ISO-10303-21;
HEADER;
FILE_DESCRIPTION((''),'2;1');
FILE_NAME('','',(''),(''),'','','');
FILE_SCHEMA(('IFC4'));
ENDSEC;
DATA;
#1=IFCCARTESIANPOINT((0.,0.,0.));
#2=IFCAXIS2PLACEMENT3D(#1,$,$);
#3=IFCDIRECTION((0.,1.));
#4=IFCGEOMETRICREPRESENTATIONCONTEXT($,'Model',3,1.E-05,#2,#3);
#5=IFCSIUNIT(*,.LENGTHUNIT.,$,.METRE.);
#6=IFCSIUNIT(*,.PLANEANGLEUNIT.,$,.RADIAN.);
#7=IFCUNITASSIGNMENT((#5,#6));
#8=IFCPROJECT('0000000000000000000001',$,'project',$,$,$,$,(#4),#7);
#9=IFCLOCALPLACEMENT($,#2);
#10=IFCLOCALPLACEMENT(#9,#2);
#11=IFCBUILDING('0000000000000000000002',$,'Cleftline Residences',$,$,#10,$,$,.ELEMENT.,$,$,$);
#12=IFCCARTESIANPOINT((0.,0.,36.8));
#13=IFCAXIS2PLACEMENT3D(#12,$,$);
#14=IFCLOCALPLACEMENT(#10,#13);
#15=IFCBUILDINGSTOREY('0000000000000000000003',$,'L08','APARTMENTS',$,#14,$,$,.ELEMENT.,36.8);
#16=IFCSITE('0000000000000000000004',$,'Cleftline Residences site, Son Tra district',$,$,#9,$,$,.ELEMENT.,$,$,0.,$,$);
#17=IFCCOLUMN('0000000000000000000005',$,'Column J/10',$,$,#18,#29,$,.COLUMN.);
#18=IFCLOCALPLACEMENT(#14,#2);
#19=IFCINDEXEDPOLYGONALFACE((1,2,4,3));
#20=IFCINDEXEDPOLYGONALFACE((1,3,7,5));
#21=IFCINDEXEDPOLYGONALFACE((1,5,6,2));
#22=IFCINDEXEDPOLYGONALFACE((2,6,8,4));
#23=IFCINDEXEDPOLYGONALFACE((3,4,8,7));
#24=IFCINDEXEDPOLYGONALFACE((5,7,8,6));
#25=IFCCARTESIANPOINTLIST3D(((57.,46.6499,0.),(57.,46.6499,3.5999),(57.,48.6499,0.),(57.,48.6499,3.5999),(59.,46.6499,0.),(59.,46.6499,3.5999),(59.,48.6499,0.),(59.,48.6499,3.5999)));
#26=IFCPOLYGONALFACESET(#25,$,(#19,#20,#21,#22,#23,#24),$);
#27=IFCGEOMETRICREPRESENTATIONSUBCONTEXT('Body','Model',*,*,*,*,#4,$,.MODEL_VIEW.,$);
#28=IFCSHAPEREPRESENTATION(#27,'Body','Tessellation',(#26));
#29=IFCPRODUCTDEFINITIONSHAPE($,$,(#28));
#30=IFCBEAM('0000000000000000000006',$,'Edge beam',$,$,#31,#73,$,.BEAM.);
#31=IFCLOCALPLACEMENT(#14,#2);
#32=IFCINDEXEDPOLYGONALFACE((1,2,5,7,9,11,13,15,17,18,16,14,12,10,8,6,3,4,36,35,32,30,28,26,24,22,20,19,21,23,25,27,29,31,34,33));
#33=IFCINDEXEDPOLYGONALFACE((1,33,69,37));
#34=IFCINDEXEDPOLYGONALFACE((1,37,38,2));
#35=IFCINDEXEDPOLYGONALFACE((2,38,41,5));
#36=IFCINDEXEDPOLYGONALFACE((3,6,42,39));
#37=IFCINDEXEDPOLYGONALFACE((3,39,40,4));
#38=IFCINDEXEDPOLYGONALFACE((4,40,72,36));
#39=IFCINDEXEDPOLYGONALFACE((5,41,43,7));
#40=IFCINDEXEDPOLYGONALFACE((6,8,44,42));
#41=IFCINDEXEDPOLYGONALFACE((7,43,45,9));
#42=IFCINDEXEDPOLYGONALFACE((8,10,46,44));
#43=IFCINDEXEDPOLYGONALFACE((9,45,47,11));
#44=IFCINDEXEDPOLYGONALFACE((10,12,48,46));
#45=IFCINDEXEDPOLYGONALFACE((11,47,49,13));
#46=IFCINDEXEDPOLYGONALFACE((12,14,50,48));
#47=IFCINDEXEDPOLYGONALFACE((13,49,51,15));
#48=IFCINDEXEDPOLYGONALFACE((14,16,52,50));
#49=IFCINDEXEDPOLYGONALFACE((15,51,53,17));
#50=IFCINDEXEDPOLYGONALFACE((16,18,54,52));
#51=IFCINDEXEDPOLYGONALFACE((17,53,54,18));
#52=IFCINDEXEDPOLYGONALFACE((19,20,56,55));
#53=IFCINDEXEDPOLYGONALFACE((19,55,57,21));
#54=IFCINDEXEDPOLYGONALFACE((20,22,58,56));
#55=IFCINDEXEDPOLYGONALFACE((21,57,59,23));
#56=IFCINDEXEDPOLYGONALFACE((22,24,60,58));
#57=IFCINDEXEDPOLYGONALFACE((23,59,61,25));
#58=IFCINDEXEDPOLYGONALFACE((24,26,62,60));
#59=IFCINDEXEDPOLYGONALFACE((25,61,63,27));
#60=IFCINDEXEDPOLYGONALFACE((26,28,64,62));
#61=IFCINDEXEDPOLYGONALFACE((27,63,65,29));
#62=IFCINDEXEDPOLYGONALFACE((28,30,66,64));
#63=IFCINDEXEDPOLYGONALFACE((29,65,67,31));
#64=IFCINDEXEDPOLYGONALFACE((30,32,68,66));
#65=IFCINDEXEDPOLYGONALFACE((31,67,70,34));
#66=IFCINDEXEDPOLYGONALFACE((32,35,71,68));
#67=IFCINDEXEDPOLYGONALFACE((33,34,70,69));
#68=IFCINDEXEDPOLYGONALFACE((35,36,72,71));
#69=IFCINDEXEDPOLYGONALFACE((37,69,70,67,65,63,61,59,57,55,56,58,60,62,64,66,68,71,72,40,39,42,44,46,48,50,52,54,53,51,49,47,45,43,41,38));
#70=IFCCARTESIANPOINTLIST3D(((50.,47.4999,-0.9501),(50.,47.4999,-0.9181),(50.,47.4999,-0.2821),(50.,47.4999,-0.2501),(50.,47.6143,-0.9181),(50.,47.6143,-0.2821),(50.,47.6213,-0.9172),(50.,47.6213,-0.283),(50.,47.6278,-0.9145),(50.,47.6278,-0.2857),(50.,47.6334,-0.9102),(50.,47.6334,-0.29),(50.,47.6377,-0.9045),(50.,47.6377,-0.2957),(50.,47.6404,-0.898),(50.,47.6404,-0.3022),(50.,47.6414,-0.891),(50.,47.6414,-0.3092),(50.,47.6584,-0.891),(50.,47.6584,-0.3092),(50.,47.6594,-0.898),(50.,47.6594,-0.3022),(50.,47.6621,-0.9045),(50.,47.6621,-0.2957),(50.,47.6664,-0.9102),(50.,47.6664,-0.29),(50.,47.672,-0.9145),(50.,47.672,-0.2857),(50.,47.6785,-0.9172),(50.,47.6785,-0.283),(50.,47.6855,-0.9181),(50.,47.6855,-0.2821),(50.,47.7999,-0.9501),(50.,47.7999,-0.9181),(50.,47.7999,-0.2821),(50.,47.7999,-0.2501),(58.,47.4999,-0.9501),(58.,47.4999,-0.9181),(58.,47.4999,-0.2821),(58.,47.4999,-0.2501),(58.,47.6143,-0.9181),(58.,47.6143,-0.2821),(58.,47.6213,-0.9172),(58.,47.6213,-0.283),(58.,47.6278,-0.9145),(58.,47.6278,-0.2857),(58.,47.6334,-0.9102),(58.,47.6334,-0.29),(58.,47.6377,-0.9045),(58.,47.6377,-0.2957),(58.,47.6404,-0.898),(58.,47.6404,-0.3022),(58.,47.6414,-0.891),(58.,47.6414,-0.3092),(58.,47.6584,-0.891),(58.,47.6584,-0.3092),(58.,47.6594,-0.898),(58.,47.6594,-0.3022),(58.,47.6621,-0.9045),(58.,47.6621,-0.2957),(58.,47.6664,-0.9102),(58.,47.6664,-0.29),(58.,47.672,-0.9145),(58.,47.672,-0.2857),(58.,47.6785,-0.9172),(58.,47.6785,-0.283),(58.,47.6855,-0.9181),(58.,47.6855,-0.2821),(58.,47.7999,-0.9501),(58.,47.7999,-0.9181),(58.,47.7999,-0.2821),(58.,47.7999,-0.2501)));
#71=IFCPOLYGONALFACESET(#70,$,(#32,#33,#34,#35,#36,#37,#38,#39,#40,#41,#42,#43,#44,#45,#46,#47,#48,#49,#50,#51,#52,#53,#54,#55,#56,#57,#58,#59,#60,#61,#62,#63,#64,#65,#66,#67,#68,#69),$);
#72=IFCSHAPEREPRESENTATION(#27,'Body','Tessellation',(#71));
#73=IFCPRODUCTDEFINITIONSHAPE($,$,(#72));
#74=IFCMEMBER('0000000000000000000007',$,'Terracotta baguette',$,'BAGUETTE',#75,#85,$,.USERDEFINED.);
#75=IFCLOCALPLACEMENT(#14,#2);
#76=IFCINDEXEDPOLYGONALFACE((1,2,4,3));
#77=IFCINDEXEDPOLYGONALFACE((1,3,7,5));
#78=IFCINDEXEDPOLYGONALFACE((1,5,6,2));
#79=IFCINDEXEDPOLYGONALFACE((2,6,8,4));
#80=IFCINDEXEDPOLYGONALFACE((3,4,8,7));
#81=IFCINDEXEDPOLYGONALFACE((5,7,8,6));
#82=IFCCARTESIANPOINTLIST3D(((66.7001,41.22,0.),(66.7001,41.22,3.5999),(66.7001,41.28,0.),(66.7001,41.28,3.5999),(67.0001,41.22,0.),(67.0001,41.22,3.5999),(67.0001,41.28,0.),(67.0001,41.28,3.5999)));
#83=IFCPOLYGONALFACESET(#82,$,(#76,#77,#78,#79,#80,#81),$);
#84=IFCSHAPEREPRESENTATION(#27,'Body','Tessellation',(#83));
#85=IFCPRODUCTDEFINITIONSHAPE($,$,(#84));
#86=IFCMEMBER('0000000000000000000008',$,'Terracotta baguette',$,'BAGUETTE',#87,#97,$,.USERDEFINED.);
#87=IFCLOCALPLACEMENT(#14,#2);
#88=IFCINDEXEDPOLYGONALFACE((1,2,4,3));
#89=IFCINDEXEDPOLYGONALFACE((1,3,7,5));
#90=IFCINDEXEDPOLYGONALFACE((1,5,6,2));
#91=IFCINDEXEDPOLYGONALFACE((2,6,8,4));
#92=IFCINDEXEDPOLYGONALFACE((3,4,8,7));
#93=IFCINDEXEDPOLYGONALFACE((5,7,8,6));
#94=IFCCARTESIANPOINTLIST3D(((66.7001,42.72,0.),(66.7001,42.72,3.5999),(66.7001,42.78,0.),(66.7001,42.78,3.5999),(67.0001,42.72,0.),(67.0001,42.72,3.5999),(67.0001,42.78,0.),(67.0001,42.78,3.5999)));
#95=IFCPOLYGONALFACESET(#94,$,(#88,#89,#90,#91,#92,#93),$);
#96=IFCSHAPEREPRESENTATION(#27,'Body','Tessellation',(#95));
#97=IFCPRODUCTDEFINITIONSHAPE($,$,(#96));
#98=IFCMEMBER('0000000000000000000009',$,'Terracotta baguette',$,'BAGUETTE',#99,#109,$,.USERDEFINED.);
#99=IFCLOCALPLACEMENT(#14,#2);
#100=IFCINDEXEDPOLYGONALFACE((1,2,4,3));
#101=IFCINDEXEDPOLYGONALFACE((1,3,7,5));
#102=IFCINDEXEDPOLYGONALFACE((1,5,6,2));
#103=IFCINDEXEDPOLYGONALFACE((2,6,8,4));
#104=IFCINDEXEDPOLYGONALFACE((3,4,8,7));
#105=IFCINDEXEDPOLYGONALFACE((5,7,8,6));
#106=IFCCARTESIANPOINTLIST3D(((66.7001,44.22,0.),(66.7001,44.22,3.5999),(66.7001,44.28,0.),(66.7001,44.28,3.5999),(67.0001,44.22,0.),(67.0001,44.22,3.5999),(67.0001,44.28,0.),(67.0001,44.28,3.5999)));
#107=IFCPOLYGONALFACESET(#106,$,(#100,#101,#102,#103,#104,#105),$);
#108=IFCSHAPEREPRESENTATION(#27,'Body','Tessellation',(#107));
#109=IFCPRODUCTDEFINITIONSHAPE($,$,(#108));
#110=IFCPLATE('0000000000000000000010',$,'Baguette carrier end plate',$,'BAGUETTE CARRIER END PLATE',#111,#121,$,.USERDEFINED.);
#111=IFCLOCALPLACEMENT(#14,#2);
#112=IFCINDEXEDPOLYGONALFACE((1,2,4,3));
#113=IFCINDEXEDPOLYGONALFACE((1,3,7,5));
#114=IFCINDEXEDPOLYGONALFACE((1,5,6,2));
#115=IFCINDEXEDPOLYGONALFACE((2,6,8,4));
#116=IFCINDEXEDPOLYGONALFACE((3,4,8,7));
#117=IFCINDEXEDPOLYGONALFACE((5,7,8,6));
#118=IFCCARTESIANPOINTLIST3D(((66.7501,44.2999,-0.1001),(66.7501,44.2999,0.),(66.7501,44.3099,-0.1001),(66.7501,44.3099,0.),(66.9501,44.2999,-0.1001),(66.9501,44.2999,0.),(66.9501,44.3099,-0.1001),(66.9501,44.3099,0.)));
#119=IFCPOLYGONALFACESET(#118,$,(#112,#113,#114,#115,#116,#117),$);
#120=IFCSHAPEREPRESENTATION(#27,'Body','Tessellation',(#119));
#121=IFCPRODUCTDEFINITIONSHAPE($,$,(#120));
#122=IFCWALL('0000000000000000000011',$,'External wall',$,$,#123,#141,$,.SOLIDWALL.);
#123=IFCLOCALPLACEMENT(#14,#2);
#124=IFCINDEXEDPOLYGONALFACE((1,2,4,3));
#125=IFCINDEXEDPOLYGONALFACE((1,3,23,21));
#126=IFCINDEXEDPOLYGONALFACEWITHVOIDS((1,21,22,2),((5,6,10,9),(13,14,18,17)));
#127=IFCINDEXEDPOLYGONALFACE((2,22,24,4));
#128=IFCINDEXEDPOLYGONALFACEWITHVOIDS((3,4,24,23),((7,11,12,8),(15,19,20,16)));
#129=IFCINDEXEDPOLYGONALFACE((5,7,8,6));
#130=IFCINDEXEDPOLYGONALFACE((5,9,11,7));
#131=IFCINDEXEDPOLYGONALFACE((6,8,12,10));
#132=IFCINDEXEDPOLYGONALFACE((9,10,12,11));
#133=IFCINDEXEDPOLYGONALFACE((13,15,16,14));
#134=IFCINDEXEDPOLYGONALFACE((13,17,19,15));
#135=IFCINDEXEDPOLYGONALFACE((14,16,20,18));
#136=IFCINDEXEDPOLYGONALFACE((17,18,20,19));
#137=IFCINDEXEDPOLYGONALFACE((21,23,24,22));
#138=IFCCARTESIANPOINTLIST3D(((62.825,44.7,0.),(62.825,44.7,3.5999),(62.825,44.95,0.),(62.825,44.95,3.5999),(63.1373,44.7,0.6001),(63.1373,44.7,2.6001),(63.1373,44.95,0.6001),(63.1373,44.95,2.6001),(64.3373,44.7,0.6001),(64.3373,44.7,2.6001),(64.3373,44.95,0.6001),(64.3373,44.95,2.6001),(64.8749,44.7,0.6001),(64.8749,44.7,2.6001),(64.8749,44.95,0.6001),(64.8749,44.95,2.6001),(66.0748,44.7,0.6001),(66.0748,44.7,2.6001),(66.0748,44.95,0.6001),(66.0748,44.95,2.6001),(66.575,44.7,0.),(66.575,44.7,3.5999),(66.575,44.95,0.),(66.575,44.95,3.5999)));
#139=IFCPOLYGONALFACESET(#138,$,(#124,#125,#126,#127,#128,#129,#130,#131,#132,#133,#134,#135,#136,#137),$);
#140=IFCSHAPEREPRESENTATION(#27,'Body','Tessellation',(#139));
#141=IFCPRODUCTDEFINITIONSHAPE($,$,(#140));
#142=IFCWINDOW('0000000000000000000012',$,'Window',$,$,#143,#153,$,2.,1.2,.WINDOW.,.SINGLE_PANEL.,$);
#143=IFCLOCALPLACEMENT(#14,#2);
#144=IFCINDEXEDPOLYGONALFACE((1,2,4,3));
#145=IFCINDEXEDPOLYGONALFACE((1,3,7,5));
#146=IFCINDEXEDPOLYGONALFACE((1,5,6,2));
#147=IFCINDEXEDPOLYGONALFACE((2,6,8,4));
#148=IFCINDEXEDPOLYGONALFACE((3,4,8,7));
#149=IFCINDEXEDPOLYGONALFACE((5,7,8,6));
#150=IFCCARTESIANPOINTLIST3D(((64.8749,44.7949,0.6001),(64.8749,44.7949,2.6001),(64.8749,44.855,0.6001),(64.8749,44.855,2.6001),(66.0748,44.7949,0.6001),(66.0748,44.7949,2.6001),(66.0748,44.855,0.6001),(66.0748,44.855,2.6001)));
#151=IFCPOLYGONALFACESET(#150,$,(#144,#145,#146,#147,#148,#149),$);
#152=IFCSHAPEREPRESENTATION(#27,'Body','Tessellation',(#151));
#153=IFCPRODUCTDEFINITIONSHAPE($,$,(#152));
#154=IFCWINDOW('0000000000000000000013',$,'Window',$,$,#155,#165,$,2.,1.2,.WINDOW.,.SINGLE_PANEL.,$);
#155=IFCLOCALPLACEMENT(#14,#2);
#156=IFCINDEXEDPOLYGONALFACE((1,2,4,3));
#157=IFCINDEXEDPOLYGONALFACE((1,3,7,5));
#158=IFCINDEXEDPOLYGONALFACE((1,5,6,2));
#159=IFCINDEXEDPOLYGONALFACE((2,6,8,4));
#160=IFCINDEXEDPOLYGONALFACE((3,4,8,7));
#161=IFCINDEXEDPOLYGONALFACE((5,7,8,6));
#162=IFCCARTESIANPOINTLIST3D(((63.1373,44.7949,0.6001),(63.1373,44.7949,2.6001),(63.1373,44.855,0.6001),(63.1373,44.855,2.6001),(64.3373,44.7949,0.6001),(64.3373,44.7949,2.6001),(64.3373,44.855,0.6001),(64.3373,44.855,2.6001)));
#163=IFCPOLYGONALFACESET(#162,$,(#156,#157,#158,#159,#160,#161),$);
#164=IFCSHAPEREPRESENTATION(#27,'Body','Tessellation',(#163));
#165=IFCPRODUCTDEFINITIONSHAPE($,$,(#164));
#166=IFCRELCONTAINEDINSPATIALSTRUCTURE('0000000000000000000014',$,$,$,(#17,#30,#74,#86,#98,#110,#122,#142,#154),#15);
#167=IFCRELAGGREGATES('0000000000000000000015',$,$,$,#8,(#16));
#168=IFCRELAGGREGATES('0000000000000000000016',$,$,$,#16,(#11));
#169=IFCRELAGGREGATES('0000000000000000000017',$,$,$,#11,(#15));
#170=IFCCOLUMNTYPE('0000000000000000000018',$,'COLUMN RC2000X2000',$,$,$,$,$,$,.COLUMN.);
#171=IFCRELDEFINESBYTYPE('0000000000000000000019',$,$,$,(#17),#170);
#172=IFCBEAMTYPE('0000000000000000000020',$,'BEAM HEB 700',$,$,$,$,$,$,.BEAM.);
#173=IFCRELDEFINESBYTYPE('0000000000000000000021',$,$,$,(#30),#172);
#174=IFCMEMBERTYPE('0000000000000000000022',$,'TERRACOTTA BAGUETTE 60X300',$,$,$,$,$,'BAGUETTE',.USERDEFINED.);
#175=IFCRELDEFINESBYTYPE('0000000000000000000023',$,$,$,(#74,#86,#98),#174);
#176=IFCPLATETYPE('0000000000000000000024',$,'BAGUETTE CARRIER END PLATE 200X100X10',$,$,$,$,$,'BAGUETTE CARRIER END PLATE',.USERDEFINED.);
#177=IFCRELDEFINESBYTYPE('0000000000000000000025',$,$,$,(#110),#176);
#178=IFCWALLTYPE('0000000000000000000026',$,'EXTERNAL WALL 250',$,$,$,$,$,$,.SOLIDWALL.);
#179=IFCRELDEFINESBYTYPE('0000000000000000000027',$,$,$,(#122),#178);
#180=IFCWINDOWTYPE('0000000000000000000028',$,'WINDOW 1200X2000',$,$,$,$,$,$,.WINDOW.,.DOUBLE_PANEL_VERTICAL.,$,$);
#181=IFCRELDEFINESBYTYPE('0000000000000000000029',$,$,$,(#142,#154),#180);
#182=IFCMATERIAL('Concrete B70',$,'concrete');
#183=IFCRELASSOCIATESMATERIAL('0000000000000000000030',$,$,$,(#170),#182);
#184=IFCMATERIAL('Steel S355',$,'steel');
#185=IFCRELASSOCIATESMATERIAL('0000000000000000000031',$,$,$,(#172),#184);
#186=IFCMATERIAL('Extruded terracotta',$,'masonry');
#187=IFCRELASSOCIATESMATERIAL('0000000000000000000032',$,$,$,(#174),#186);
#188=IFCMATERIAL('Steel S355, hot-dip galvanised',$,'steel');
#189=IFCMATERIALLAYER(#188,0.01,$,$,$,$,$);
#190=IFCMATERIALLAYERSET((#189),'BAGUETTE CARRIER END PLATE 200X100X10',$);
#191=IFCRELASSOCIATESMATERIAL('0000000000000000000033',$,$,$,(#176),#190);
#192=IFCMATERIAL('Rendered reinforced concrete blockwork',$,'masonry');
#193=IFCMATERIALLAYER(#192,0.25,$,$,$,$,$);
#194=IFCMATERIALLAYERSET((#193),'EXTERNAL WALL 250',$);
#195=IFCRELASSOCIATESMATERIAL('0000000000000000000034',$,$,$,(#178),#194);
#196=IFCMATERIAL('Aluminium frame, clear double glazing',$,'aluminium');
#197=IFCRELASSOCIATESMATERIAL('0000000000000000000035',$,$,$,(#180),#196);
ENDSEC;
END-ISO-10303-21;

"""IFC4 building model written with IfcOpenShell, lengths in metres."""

from ifc_helpers import new_model, si_unit, direction, frame, frame_2d, origin, origin_2d, place, context, subcontext, project, spatial, rectangle, i_section, extrude, material, layer, layer_set, material_profile, profile_set, type_object, element, fill, save


model = new_model("IFC4")

# Units and contexts
model_context = context("Model", 3, precision=1e-05, world=origin(), true_north=direction((0.0, 1.0)))
body_context = subcontext(model_context, "Body", "Model", "MODEL_VIEW")
ifc_project = project(units=[si_unit("LENGTHUNIT", "METRE"), si_unit("PLANEANGLEUNIT", "RADIAN")], contexts=[model_context])

# Site, building, storey
site_placement = place(None, origin())
site = spatial("IfcSite", under=ifc_project, at=site_placement, Name="Cleftline Residences site, Son Tra district", CompositionType="ELEMENT", RefElevation=0.0)
building_placement = place(site_placement, origin())
building = spatial("IfcBuilding", under=site, at=building_placement, Name="Cleftline Residences", CompositionType="ELEMENT")
storey_placement = place(building_placement, frame((0.0, 0.0, 36.8)))
storey = spatial("IfcBuildingStorey", under=building, at=storey_placement, Name="L08", Description="APARTMENTS", CompositionType="ELEMENT", Elevation=36.8)

# Column
ifc_material_1 = material(Name="Concrete B70", Category="concrete")
ifc_material_profile_1 = material_profile(ifc_material_1, rectangle(XDim=2.0, YDim=2.0, at=origin_2d()))
ifc_profile_set_1 = profile_set([ifc_material_profile_1], Name="Concrete B70")
column_type = type_object("IfcColumnType", Name="COLUMN RC2000X2000", PredefinedType="COLUMN", material=ifc_profile_set_1)
column_placement = place(storey_placement, frame((58.0, 47.6499, 0.0), z_axis=(0.0, 0.0, 1.0), x_axis=(1.0, 0.0, 0.0)))
element("IfcColumn", 1, at=column_placement, inside=storey, type_object=column_type, Name="Column J/10", PredefinedType="COLUMN", context=body_context, shape_type="SweptSolid", body=[
    extrude(rectangle(XDim=2.0, YDim=2.0, at=origin_2d()), origin(), (0.0, 0.0, 1.0), 3.5999),
])

# Beam
ifc_material_2 = material(Name="Steel S355", Category="steel")
ifc_material_profile_2 = material_profile(ifc_material_2, i_section(OverallWidth=0.3, OverallDepth=0.7, WebThickness=0.0171, FlangeThickness=0.032, FilletRadius=0.0271, at=origin_2d()))
ifc_profile_set_2 = profile_set([ifc_material_profile_2], Name="Steel S355")
beam_type = type_object("IfcBeamType", Name="BEAM HEB 700", PredefinedType="BEAM", material=ifc_profile_set_2)
beam_placement = place(storey_placement, frame((58.0, 47.6499, -0.6001), z_axis=(-1.0, 0.0, 0.0), x_axis=(0.0, -1.0, 0.0)))
element("IfcBeam", 2, at=beam_placement, inside=storey, type_object=beam_type, Name="Edge beam", PredefinedType="BEAM", context=body_context, shape_type="SweptSolid", body=[
    extrude(i_section(OverallWidth=0.3, OverallDepth=0.7, WebThickness=0.0171, FlangeThickness=0.032, FilletRadius=0.0271, at=origin_2d()), origin(), (0.0, 0.0, 1.0), 8.0),
])

# Members
ifc_material_3 = material(Name="Extruded terracotta", Category="masonry")
ifc_material_profile_3 = material_profile(ifc_material_3, rectangle(XDim=0.0601, YDim=0.3, at=origin_2d()))
ifc_profile_set_3 = profile_set([ifc_material_profile_3], Name="Extruded terracotta")
member_type = type_object("IfcMemberType", Name="TERRACOTTA BAGUETTE 60X300", ElementType="BAGUETTE", PredefinedType="USERDEFINED", material=ifc_profile_set_3)
for number, where, z_axis, x_axis, name in (
    (3, (66.8501, 41.25, 0.0), (0.0, 0.0, 1.0), (0.0, 1.0, 0.0), "Terracotta baguette"),
    (4, (66.8501, 42.75, 0.0), (0.0, 0.0, 1.0), (0.0, 1.0, 0.0), "Terracotta baguette"),
    (5, (66.8501, 44.25, 0.0), (0.0, 0.0, 1.0), (0.0, 1.0, 0.0), "Terracotta baguette"),
):
    element("IfcMember", number, at=place(storey_placement, frame(where, z_axis=z_axis, x_axis=x_axis)), inside=storey, type_object=member_type, Name=name, ObjectType="BAGUETTE", PredefinedType="USERDEFINED", context=body_context, shape_type="SweptSolid", body=[
        extrude(rectangle(XDim=0.0601, YDim=0.3, at=origin_2d()), origin(), (0.0, 0.0, 1.0), 3.5999),
    ])

# Plate
ifc_material_4 = material(Name="Steel S355, hot-dip galvanised", Category="steel")
ifc_layer_1 = layer(ifc_material_4, 0.01)
ifc_layer_set_1 = layer_set([ifc_layer_1], Name="BAGUETTE CARRIER END PLATE 200X100X10")
plate_type = type_object("IfcPlateType", Name="BAGUETTE CARRIER END PLATE 200X100X10", ElementType="BAGUETTE CARRIER END PLATE", PredefinedType="USERDEFINED", material=ifc_layer_set_1)
plate_placement = place(storey_placement, frame((66.8501, 44.3049, -0.1001), z_axis=(0.0, 0.0, 1.0), x_axis=(1.0, 0.0, 0.0)))
element("IfcPlate", 6, at=plate_placement, inside=storey, type_object=plate_type, Name="Baguette carrier end plate", ObjectType="BAGUETTE CARRIER END PLATE", PredefinedType="USERDEFINED", context=body_context, shape_type="SweptSolid", body=[
    extrude(rectangle(XDim=0.2, YDim=0.01, at=origin_2d()), origin(), (0.0, 0.0, 1.0), 0.1001),
])

# Wall, openings, windows
ifc_material_5 = material(Name="Rendered reinforced concrete blockwork", Category="masonry")
ifc_layer_2 = layer(ifc_material_5, 0.25)
ifc_layer_set_2 = layer_set([ifc_layer_2], Name="EXTERNAL WALL 250")
wall_type_1 = type_object("IfcWallType", Name="EXTERNAL WALL 250", PredefinedType="SOLIDWALL", material=ifc_layer_set_2)
wall_1_placement = place(storey_placement, frame((66.575, 44.825, 0.0), z_axis=(0.0, 0.0, 1.0), x_axis=(-1.0, 0.0, 0.0)))
wall_1 = element("IfcWall", 7, at=wall_1_placement, inside=storey, type_object=wall_type_1, Name="External wall", PredefinedType="SOLIDWALL", context=body_context, shape_type="SweptSolid", body=[
    extrude(rectangle(XDim=3.75, YDim=0.25, at=frame_2d((1.875, 0.0))), origin(), (0.0, 0.0, 1.0), 3.5999),
])
opening_1_placement = place(wall_1_placement, frame((0.5, 0.0, 0.6001)))
opening_1 = element("IfcOpeningElement", 8, at=opening_1_placement, cuts=wall_1, PredefinedType="OPENING", context=body_context, shape_type="SweptSolid", body=[
    extrude(rectangle(XDim=1.2, YDim=2.0, at=frame_2d((0.6001, 1.0))), frame((0.0, 0.135, 0.0), z_axis=(0.0, -1.0, 0.0), x_axis=(1.0, 0.0, 0.0)), (0.0, 0.0, 1.0), 0.27),
])
opening_2_placement = place(wall_1_placement, frame((2.2375, 0.0, 0.6001)))
opening_2 = element("IfcOpeningElement", 9, at=opening_2_placement, cuts=wall_1, PredefinedType="OPENING", context=body_context, shape_type="SweptSolid", body=[
    extrude(rectangle(XDim=1.2, YDim=2.0, at=frame_2d((0.6001, 1.0))), frame((0.0, 0.135, 0.0), z_axis=(0.0, -1.0, 0.0), x_axis=(1.0, 0.0, 0.0)), (0.0, 0.0, 1.0), 0.27),
])
ifc_material_6 = material(Name="Aluminium frame, clear double glazing", Category="aluminium")
window_type_1 = type_object("IfcWindowType", Name="WINDOW 1200X2000", PartitioningType="DOUBLE_PANEL_VERTICAL", PredefinedType="WINDOW", material=ifc_material_6)
window_1_placement = place(opening_1_placement, origin())
window_1 = element("IfcWindow", 10, at=window_1_placement, inside=storey, type_object=window_type_1, Name="Window", OverallHeight=2.0, OverallWidth=1.2, PartitioningType="SINGLE_PANEL", PredefinedType="WINDOW", context=body_context, shape_type="SweptSolid", body=[
    extrude(rectangle(XDim=1.2, YDim=2.0, at=frame_2d((0.6001, 1.0))), frame((0.0, 0.03, 0.0), z_axis=(0.0, -1.0, 0.0), x_axis=(1.0, 0.0, 0.0)), (0.0, 0.0, 1.0), 0.0601),
])
fill(opening_1, window_1)
window_2_placement = place(opening_2_placement, origin())
window_2 = element("IfcWindow", 11, at=window_2_placement, inside=storey, type_object=window_type_1, Name="Window", OverallHeight=2.0, OverallWidth=1.2, PartitioningType="SINGLE_PANEL", PredefinedType="WINDOW", context=body_context, shape_type="SweptSolid", body=[
    extrude(rectangle(XDim=1.2, YDim=2.0, at=frame_2d((0.6001, 1.0))), frame((0.0, 0.03, 0.0), z_axis=(0.0, -1.0, 0.0), x_axis=(1.0, 0.0, 0.0)), (0.0, 0.0, 1.0), 0.0601),
])
fill(opening_2, window_2)

save(model, "model.ifc")
